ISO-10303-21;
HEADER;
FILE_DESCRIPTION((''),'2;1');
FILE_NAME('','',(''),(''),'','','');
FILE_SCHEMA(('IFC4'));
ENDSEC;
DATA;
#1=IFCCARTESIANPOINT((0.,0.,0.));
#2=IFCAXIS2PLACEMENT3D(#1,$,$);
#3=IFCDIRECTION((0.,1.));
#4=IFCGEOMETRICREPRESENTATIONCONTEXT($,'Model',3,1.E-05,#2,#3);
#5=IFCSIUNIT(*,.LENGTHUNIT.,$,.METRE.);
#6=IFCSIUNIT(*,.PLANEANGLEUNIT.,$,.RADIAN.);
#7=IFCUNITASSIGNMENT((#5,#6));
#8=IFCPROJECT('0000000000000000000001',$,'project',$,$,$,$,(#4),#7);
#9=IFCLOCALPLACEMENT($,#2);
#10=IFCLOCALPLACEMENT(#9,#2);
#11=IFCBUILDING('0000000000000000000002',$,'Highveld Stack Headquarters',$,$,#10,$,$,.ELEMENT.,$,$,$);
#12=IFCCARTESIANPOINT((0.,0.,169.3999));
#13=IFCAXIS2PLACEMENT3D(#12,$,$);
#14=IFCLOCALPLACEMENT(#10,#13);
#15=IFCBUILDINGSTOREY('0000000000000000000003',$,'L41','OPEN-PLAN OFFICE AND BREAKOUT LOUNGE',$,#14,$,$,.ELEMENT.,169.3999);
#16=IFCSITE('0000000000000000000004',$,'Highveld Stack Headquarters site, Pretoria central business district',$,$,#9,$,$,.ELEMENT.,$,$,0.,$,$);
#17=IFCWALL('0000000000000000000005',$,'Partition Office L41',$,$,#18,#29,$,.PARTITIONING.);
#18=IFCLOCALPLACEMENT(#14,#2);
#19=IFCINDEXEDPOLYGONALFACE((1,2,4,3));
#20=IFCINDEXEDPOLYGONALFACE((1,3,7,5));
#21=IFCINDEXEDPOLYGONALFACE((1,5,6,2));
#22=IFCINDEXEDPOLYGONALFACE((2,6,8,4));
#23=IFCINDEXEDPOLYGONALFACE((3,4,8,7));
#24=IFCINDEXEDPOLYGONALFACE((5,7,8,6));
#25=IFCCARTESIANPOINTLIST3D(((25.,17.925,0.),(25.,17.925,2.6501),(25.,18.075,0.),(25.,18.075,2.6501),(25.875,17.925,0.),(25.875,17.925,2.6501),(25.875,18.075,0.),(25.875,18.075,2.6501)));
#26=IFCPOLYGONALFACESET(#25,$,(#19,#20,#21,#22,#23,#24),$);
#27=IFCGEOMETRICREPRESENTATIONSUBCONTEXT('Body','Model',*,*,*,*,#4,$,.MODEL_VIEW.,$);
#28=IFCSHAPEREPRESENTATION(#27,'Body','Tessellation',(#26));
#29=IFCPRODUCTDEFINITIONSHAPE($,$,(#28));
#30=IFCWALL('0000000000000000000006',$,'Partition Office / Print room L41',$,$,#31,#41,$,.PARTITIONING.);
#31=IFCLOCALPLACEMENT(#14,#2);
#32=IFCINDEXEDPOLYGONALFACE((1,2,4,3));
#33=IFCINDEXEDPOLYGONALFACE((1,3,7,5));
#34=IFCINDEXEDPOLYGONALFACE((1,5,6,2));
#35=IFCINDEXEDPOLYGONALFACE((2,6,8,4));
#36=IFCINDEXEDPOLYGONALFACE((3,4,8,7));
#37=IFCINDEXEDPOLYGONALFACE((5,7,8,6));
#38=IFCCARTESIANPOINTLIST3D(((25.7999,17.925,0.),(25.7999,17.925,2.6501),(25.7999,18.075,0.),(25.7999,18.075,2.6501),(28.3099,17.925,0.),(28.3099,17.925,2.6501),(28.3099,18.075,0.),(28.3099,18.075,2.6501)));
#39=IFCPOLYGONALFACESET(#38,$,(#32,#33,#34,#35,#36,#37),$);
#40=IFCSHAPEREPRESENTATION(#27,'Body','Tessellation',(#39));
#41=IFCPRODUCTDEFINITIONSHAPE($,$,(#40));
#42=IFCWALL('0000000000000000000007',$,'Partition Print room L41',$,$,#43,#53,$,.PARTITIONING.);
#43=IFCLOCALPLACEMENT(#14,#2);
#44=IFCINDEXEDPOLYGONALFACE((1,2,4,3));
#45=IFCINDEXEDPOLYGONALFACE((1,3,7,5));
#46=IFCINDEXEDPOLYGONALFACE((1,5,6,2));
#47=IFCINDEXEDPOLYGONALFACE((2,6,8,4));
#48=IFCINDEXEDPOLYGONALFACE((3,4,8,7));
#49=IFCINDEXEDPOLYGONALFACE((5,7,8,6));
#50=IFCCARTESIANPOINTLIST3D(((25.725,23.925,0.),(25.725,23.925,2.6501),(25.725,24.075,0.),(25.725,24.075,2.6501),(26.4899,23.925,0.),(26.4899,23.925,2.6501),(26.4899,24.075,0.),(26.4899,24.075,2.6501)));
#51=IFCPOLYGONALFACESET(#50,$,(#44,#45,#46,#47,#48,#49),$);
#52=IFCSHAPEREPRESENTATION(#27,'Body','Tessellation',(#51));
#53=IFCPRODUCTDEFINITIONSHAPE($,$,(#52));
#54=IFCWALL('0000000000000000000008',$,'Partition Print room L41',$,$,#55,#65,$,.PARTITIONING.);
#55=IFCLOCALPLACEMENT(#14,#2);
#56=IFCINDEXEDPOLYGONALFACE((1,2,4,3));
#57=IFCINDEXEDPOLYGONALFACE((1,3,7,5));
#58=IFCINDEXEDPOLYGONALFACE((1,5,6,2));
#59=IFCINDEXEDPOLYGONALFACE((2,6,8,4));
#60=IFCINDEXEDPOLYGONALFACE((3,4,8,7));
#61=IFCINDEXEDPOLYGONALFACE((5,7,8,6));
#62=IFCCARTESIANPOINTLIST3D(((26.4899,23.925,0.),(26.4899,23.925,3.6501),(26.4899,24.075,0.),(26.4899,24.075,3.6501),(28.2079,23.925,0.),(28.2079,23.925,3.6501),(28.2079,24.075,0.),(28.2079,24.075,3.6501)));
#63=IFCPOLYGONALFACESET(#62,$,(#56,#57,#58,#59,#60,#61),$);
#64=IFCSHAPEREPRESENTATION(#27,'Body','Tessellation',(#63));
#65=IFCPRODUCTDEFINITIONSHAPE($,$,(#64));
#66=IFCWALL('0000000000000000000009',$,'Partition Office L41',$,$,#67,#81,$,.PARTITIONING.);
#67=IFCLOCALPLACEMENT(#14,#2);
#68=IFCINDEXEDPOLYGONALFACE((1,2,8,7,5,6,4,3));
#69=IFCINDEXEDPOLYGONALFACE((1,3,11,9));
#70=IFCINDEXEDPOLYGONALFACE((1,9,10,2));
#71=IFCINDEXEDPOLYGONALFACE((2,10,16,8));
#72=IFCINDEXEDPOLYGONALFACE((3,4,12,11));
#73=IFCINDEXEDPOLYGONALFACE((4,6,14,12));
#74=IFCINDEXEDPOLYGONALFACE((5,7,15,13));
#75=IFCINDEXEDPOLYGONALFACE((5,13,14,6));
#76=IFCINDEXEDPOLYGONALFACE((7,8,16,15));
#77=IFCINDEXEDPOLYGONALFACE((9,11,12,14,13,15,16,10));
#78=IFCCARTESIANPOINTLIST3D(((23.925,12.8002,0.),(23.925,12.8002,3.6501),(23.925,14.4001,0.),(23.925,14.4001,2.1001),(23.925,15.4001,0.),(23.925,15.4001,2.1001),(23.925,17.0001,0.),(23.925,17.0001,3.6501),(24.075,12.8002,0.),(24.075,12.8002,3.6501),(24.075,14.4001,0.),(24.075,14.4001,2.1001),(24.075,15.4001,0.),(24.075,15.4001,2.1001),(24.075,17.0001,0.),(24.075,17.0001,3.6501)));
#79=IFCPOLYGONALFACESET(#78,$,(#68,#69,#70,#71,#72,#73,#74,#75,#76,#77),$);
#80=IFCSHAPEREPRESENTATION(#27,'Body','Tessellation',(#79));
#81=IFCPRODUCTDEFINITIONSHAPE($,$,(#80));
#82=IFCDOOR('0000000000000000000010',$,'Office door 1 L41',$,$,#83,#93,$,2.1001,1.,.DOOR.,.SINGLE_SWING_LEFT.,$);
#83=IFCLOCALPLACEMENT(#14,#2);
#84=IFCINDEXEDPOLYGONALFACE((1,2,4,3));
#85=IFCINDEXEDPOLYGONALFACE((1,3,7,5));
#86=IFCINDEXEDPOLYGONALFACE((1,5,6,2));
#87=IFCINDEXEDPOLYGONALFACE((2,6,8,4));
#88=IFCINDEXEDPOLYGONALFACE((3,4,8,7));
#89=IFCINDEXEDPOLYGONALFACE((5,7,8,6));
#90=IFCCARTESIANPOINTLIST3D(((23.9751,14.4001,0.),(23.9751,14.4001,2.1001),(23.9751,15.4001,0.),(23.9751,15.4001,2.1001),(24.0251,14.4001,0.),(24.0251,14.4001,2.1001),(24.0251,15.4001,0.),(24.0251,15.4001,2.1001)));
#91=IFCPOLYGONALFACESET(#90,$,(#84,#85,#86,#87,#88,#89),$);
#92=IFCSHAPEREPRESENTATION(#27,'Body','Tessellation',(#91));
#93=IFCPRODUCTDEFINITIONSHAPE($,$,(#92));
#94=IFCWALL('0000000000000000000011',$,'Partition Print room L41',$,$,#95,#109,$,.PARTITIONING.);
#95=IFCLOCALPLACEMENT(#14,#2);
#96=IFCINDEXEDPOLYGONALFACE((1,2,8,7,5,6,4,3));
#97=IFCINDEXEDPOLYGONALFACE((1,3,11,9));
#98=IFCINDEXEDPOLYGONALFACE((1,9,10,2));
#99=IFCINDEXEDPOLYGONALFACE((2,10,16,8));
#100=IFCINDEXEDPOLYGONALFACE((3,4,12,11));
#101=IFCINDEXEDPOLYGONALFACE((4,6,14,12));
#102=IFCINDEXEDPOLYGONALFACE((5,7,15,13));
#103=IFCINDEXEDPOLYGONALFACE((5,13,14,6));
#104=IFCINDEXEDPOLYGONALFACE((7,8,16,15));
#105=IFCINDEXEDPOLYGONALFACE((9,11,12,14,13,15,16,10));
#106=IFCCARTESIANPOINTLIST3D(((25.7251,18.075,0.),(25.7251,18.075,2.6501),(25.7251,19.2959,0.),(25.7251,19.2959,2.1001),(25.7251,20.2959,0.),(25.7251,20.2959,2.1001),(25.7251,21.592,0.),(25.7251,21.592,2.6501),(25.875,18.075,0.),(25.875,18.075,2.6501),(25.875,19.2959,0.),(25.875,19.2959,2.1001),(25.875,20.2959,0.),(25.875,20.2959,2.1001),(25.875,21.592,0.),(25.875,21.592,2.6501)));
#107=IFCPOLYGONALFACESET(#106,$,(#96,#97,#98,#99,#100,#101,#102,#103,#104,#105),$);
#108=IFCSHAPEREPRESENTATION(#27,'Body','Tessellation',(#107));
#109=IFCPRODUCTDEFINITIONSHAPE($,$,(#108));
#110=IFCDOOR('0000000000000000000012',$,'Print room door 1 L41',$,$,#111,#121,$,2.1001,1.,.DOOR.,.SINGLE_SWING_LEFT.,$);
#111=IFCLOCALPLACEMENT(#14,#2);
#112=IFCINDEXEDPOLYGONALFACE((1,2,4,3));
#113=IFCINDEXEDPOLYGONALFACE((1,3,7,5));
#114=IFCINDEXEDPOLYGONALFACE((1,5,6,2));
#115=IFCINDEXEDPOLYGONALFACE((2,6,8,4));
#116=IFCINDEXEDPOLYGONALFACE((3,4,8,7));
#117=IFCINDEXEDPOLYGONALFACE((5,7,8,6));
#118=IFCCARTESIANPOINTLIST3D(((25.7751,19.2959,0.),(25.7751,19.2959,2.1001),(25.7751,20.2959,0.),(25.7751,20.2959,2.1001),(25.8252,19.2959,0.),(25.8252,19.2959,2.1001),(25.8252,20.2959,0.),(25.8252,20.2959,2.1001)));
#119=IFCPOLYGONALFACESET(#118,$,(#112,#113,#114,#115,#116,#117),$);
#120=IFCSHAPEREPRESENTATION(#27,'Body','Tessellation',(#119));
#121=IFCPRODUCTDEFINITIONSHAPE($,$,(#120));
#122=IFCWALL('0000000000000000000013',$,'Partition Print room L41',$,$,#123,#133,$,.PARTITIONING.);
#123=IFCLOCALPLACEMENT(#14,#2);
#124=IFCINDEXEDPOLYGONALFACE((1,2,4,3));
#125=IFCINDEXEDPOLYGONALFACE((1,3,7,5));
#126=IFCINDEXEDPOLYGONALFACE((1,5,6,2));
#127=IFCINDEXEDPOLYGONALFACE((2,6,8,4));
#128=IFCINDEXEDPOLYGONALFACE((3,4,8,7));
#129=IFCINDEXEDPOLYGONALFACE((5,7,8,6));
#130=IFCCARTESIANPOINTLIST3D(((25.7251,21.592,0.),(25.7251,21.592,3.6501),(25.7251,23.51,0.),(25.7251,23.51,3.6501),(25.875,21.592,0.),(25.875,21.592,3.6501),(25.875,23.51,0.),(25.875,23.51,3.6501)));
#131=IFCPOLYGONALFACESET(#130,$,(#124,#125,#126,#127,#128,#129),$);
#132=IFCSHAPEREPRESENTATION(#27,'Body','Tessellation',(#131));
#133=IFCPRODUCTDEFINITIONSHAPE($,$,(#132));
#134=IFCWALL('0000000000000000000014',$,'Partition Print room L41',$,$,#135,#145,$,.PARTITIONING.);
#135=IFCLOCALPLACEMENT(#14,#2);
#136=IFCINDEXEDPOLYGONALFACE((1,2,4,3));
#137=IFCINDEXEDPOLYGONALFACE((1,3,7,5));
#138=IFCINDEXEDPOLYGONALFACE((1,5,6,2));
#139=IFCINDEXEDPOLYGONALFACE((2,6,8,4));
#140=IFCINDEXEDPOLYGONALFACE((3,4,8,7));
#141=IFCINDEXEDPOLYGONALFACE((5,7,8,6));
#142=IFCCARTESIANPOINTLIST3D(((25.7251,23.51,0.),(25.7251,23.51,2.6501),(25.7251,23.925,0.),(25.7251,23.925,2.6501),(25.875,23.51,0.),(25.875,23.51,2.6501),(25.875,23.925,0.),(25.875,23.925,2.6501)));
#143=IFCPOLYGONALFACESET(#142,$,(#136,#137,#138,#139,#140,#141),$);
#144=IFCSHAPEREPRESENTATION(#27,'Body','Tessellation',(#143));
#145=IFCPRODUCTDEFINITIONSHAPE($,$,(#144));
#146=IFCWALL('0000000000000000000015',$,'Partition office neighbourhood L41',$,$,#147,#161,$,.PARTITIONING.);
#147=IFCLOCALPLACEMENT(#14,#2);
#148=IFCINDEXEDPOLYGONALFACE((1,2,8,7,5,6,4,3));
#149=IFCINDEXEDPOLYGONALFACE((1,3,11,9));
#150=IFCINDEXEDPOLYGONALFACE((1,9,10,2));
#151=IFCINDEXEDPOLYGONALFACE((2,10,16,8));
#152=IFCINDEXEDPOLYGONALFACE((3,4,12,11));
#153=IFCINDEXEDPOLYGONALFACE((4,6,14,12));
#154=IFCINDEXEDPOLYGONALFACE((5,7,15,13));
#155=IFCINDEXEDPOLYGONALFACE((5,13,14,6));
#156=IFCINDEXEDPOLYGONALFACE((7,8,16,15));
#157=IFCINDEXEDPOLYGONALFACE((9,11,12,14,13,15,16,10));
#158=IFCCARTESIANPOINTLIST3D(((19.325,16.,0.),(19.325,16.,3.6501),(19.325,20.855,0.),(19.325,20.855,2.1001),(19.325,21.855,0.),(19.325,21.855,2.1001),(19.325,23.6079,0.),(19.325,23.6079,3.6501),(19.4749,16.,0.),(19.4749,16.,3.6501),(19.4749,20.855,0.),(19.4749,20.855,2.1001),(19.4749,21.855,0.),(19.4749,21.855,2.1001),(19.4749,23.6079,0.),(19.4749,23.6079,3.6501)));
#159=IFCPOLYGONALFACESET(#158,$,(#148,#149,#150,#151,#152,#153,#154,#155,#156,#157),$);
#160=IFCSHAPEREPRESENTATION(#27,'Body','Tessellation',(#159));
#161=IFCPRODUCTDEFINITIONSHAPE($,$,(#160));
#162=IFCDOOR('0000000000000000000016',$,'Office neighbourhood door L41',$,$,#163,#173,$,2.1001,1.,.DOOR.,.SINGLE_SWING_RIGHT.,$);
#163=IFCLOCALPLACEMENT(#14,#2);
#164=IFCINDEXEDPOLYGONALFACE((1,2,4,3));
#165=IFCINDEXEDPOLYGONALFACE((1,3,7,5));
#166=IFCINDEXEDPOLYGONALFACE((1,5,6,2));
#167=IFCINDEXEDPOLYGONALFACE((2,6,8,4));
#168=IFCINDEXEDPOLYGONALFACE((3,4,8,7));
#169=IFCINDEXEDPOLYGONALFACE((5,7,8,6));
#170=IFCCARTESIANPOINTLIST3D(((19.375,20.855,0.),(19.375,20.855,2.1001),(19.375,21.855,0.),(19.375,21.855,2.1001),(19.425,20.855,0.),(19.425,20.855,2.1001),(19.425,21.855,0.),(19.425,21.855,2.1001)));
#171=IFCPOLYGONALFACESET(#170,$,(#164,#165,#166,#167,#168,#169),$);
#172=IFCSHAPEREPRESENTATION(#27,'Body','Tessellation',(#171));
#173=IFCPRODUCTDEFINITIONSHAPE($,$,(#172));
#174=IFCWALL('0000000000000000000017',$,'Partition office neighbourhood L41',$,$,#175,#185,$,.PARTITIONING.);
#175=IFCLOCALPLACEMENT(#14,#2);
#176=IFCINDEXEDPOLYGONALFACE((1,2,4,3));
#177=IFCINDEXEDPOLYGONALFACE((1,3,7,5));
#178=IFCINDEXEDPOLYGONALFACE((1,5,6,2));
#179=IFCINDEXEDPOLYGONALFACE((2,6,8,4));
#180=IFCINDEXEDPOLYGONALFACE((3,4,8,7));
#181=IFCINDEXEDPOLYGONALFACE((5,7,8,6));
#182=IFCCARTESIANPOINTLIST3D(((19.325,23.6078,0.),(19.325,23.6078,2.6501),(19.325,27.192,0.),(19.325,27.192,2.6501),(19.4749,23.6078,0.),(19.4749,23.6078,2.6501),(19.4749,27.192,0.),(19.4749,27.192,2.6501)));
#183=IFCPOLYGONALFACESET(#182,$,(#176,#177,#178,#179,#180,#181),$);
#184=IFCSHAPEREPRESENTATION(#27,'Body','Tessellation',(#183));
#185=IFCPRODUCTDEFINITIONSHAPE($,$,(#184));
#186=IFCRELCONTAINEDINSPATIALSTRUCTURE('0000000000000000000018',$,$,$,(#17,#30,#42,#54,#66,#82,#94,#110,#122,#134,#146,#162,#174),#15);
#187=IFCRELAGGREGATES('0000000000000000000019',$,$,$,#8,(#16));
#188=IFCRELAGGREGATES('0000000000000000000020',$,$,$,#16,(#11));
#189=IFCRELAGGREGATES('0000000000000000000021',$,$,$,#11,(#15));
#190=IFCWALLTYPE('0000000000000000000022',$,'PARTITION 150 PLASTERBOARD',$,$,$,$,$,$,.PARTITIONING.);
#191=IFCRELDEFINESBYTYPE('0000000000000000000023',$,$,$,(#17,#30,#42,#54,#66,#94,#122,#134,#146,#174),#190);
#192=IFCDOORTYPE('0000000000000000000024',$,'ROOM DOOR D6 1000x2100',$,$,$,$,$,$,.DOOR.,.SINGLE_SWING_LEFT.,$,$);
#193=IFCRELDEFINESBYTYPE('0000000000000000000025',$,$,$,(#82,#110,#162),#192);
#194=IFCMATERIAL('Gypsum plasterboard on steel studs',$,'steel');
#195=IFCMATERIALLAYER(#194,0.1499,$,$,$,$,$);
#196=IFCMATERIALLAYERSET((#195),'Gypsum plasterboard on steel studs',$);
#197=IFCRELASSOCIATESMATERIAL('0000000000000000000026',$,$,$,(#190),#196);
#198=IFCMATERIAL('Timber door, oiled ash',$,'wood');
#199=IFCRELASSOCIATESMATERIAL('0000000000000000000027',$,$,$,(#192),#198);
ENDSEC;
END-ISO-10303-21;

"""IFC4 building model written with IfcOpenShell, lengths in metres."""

from ifc_helpers import new_model, si_unit, direction, frame, frame_2d, origin, place, context, subcontext, project, spatial, rectangle, extrude, material, layer, layer_set, type_object, element, fill, save


model = new_model("IFC4")

# Units and contexts
model_context = context("Model", 3, precision=1e-05, world=origin(), true_north=direction((0.0, 1.0)))
body_context = subcontext(model_context, "Body", "Model", "MODEL_VIEW")
ifc_project = project(units=[si_unit("LENGTHUNIT", "METRE"), si_unit("PLANEANGLEUNIT", "RADIAN")], contexts=[model_context])

# Site, building, storey
site_placement = place(None, origin())
site = spatial("IfcSite", under=ifc_project, at=site_placement, Name="Highveld Stack Headquarters site, Pretoria central business district", CompositionType="ELEMENT", RefElevation=0.0)
building_placement = place(site_placement, origin())
building = spatial("IfcBuilding", under=site, at=building_placement, Name="Highveld Stack Headquarters", CompositionType="ELEMENT")
storey_placement = place(building_placement, frame((0.0, 0.0, 169.3999)))
storey = spatial("IfcBuildingStorey", under=building, at=storey_placement, Name="L41", Description="OPEN-PLAN OFFICE AND BREAKOUT LOUNGE", CompositionType="ELEMENT", Elevation=169.3999)

# Walls
ifc_material_1 = material(Name="Gypsum plasterboard on steel studs", Category="steel")
ifc_layer_1 = layer(ifc_material_1, 0.1499)
ifc_layer_set_1 = layer_set([ifc_layer_1], Name="Gypsum plasterboard on steel studs")
wall_type_1 = type_object("IfcWallType", Name="PARTITION 150 PLASTERBOARD", PredefinedType="PARTITIONING", material=ifc_layer_set_1)
wall_1_placement = place(storey_placement, frame((25.0, 18.0, 0.0), z_axis=(0.0, 0.0, 1.0), x_axis=(1.0, 0.0, 0.0)))
element("IfcWall", 1, at=wall_1_placement, inside=storey, type_object=wall_type_1, Name="Partition Office L41", PredefinedType="PARTITIONING", context=body_context, shape_type="SweptSolid", body=[
    extrude(rectangle(XDim=0.875, YDim=0.1499, at=frame_2d((0.4375, 0.0))), origin(), (0.0, 0.0, 1.0), 2.6501),
])
wall_2_placement = place(storey_placement, frame((25.8, 18.0, 0.0), z_axis=(0.0, 0.0, 1.0), x_axis=(1.0, 0.0, 0.0)))
element("IfcWall", 2, at=wall_2_placement, inside=storey, type_object=wall_type_1, Name="Partition Office / Print room L41", PredefinedType="PARTITIONING", context=body_context, shape_type="SweptSolid", body=[
    extrude(rectangle(XDim=2.51, YDim=0.1499, at=frame_2d((1.2549, 0.0))), origin(), (0.0, 0.0, 1.0), 2.6501),
])
wall_3_placement = place(storey_placement, frame((25.7251, 24.0, 0.0), z_axis=(0.0, 0.0, 1.0), x_axis=(1.0, 0.0, 0.0)))
element("IfcWall", 3, at=wall_3_placement, inside=storey, type_object=wall_type_1, Name="Partition Print room L41", PredefinedType="PARTITIONING", context=body_context, shape_type="SweptSolid", body=[
    extrude(rectangle(XDim=0.7649, YDim=0.1499, at=frame_2d((0.3823, 0.0))), origin(), (0.0, 0.0, 1.0), 2.6501),
])
wall_4_placement = place(storey_placement, frame((26.49, 24.0, 0.0), z_axis=(0.0, 0.0, 1.0), x_axis=(1.0, 0.0, 0.0)))
element("IfcWall", 4, at=wall_4_placement, inside=storey, type_object=wall_type_1, Name="Partition Print room L41", PredefinedType="PARTITIONING", context=body_context, shape_type="SweptSolid", body=[
    extrude(rectangle(XDim=1.718, YDim=0.1499, at=frame_2d((0.8589, 0.0))), origin(), (0.0, 0.0, 1.0), 3.6501),
])

# Walls, openings, doors
wall_5_placement = place(storey_placement, frame((24.0, 12.8, 0.0), z_axis=(0.0, 0.0, 1.0), x_axis=(0.0, 1.0, 0.0)))
wall_5 = element("IfcWall", 5, at=wall_5_placement, inside=storey, type_object=wall_type_1, Name="Partition Office L41", PredefinedType="PARTITIONING", context=body_context, shape_type="SweptSolid", body=[
    extrude(rectangle(XDim=4.2, YDim=0.1499, at=frame_2d((2.1001, 0.0))), origin(), (0.0, 0.0, 1.0), 3.6501),
])
opening_1_placement = place(wall_5_placement, frame((1.6001, 0.0, 0.0)))
opening_1 = element("IfcOpeningElement", 6, at=opening_1_placement, cuts=wall_5, PredefinedType="OPENING", context=body_context, shape_type="SweptSolid", body=[
    extrude(rectangle(XDim=1.0, YDim=2.1001, at=frame_2d((0.5, 1.05))), frame((0.0, 0.085, 0.0), z_axis=(0.0, -1.0, 0.0), x_axis=(1.0, 0.0, 0.0)), (0.0, 0.0, 1.0), 0.1699),
])
ifc_material_2 = material(Name="Timber door, oiled ash", Category="wood")
door_type = type_object("IfcDoorType", Name="ROOM DOOR D6 1000x2100", OperationType="SINGLE_SWING_LEFT", PredefinedType="DOOR", material=ifc_material_2)
door_1_placement = place(opening_1_placement, origin())
door_1 = element("IfcDoor", 7, at=door_1_placement, inside=storey, type_object=door_type, Name="Office door 1 L41", OperationType="SINGLE_SWING_LEFT", OverallHeight=2.1001, OverallWidth=1.0, PredefinedType="DOOR", context=body_context, shape_type="SweptSolid", body=[
    extrude(rectangle(XDim=1.0, YDim=2.1001, at=frame_2d((0.5, 1.05))), frame((0.0, 0.0249, 0.0), z_axis=(0.0, -1.0, 0.0), x_axis=(1.0, 0.0, 0.0)), (0.0, 0.0, 1.0), 0.05),
])
fill(opening_1, door_1)
wall_6_placement = place(storey_placement, frame((25.8, 18.075, 0.0), z_axis=(0.0, 0.0, 1.0), x_axis=(0.0, 1.0, 0.0)))
wall_6 = element("IfcWall", 8, at=wall_6_placement, inside=storey, type_object=wall_type_1, Name="Partition Print room L41", PredefinedType="PARTITIONING", context=body_context, shape_type="SweptSolid", body=[
    extrude(rectangle(XDim=3.5171, YDim=0.1499, at=frame_2d((1.7585, 0.0))), origin(), (0.0, 0.0, 1.0), 2.6501),
])
opening_2_placement = place(wall_6_placement, frame((1.2209, 0.0, 0.0)))
opening_2 = element("IfcOpeningElement", 9, at=opening_2_placement, cuts=wall_6, PredefinedType="OPENING", context=body_context, shape_type="SweptSolid", body=[
    extrude(rectangle(XDim=1.0, YDim=2.1001, at=frame_2d((0.5, 1.05))), frame((0.0, 0.085, 0.0), z_axis=(0.0, -1.0, 0.0), x_axis=(1.0, 0.0, 0.0)), (0.0, 0.0, 1.0), 0.1699),
])
door_2_placement = place(opening_2_placement, origin())
door_2 = element("IfcDoor", 10, at=door_2_placement, inside=storey, type_object=door_type, Name="Print room door 1 L41", OperationType="SINGLE_SWING_LEFT", OverallHeight=2.1001, OverallWidth=1.0, PredefinedType="DOOR", context=body_context, shape_type="SweptSolid", body=[
    extrude(rectangle(XDim=1.0, YDim=2.1001, at=frame_2d((0.5, 1.05))), frame((0.0, 0.0249, 0.0), z_axis=(0.0, -1.0, 0.0), x_axis=(1.0, 0.0, 0.0)), (0.0, 0.0, 1.0), 0.05),
])
fill(opening_2, door_2)

# Walls
wall_7_placement = place(storey_placement, frame((25.8, 21.592, 0.0), z_axis=(0.0, 0.0, 1.0), x_axis=(0.0, 1.0, 0.0)))
element("IfcWall", 11, at=wall_7_placement, inside=storey, type_object=wall_type_1, Name="Partition Print room L41", PredefinedType="PARTITIONING", context=body_context, shape_type="SweptSolid", body=[
    extrude(rectangle(XDim=1.918, YDim=0.1499, at=frame_2d((0.959, 0.0))), origin(), (0.0, 0.0, 1.0), 3.6501),
])
wall_8_placement = place(storey_placement, frame((25.8, 23.51, 0.0), z_axis=(0.0, 0.0, 1.0), x_axis=(0.0, 1.0, 0.0)))
element("IfcWall", 12, at=wall_8_placement, inside=storey, type_object=wall_type_1, Name="Partition Print room L41", PredefinedType="PARTITIONING", context=body_context, shape_type="SweptSolid", body=[
    extrude(rectangle(XDim=0.415, YDim=0.1499, at=frame_2d((0.2075, 0.0))), origin(), (0.0, 0.0, 1.0), 2.6501),
])

# Wall, opening, door
wall_9_placement = place(storey_placement, frame((19.3999, 16.0, 0.0), z_axis=(0.0, 0.0, 1.0), x_axis=(0.0, 1.0, 0.0)))
wall_9 = element("IfcWall", 13, at=wall_9_placement, inside=storey, type_object=wall_type_1, Name="Partition office neighbourhood L41", PredefinedType="PARTITIONING", context=body_context, shape_type="SweptSolid", body=[
    extrude(rectangle(XDim=7.6079, YDim=0.1499, at=frame_2d((3.804, 0.0))), origin(), (0.0, 0.0, 1.0), 3.6501),
])
opening_3_placement = place(wall_9_placement, frame((4.855, 0.0, 0.0)))
opening_3 = element("IfcOpeningElement", 14, at=opening_3_placement, cuts=wall_9, PredefinedType="OPENING", context=body_context, shape_type="SweptSolid", body=[
    extrude(rectangle(XDim=1.0, YDim=2.1001, at=frame_2d((0.5, 1.05))), frame((0.0, 0.085, 0.0), z_axis=(0.0, -1.0, 0.0), x_axis=(1.0, 0.0, 0.0)), (0.0, 0.0, 1.0), 0.1699),
])
door_3_placement = place(opening_3_placement, origin())
door_3 = element("IfcDoor", 15, at=door_3_placement, inside=storey, type_object=door_type, Name="Office neighbourhood door L41", OperationType="SINGLE_SWING_RIGHT", OverallHeight=2.1001, OverallWidth=1.0, PredefinedType="DOOR", context=body_context, shape_type="SweptSolid", body=[
    extrude(rectangle(XDim=1.0, YDim=2.1001, at=frame_2d((0.5, 1.05))), frame((0.0, 0.0249, 0.0), z_axis=(0.0, -1.0, 0.0), x_axis=(1.0, 0.0, 0.0)), (0.0, 0.0, 1.0), 0.05),
])
fill(opening_3, door_3)

# Wall
wall_10_placement = place(storey_placement, frame((19.3999, 23.6079, 0.0), z_axis=(0.0, 0.0, 1.0), x_axis=(0.0, 1.0, 0.0)))
element("IfcWall", 16, at=wall_10_placement, inside=storey, type_object=wall_type_1, Name="Partition office neighbourhood L41", PredefinedType="PARTITIONING", context=body_context, shape_type="SweptSolid", body=[
    extrude(rectangle(XDim=3.5842, YDim=0.1499, at=frame_2d((1.792, 0.0))), origin(), (0.0, 0.0, 1.0), 2.6501),
])

save(model, "model.ifc")
